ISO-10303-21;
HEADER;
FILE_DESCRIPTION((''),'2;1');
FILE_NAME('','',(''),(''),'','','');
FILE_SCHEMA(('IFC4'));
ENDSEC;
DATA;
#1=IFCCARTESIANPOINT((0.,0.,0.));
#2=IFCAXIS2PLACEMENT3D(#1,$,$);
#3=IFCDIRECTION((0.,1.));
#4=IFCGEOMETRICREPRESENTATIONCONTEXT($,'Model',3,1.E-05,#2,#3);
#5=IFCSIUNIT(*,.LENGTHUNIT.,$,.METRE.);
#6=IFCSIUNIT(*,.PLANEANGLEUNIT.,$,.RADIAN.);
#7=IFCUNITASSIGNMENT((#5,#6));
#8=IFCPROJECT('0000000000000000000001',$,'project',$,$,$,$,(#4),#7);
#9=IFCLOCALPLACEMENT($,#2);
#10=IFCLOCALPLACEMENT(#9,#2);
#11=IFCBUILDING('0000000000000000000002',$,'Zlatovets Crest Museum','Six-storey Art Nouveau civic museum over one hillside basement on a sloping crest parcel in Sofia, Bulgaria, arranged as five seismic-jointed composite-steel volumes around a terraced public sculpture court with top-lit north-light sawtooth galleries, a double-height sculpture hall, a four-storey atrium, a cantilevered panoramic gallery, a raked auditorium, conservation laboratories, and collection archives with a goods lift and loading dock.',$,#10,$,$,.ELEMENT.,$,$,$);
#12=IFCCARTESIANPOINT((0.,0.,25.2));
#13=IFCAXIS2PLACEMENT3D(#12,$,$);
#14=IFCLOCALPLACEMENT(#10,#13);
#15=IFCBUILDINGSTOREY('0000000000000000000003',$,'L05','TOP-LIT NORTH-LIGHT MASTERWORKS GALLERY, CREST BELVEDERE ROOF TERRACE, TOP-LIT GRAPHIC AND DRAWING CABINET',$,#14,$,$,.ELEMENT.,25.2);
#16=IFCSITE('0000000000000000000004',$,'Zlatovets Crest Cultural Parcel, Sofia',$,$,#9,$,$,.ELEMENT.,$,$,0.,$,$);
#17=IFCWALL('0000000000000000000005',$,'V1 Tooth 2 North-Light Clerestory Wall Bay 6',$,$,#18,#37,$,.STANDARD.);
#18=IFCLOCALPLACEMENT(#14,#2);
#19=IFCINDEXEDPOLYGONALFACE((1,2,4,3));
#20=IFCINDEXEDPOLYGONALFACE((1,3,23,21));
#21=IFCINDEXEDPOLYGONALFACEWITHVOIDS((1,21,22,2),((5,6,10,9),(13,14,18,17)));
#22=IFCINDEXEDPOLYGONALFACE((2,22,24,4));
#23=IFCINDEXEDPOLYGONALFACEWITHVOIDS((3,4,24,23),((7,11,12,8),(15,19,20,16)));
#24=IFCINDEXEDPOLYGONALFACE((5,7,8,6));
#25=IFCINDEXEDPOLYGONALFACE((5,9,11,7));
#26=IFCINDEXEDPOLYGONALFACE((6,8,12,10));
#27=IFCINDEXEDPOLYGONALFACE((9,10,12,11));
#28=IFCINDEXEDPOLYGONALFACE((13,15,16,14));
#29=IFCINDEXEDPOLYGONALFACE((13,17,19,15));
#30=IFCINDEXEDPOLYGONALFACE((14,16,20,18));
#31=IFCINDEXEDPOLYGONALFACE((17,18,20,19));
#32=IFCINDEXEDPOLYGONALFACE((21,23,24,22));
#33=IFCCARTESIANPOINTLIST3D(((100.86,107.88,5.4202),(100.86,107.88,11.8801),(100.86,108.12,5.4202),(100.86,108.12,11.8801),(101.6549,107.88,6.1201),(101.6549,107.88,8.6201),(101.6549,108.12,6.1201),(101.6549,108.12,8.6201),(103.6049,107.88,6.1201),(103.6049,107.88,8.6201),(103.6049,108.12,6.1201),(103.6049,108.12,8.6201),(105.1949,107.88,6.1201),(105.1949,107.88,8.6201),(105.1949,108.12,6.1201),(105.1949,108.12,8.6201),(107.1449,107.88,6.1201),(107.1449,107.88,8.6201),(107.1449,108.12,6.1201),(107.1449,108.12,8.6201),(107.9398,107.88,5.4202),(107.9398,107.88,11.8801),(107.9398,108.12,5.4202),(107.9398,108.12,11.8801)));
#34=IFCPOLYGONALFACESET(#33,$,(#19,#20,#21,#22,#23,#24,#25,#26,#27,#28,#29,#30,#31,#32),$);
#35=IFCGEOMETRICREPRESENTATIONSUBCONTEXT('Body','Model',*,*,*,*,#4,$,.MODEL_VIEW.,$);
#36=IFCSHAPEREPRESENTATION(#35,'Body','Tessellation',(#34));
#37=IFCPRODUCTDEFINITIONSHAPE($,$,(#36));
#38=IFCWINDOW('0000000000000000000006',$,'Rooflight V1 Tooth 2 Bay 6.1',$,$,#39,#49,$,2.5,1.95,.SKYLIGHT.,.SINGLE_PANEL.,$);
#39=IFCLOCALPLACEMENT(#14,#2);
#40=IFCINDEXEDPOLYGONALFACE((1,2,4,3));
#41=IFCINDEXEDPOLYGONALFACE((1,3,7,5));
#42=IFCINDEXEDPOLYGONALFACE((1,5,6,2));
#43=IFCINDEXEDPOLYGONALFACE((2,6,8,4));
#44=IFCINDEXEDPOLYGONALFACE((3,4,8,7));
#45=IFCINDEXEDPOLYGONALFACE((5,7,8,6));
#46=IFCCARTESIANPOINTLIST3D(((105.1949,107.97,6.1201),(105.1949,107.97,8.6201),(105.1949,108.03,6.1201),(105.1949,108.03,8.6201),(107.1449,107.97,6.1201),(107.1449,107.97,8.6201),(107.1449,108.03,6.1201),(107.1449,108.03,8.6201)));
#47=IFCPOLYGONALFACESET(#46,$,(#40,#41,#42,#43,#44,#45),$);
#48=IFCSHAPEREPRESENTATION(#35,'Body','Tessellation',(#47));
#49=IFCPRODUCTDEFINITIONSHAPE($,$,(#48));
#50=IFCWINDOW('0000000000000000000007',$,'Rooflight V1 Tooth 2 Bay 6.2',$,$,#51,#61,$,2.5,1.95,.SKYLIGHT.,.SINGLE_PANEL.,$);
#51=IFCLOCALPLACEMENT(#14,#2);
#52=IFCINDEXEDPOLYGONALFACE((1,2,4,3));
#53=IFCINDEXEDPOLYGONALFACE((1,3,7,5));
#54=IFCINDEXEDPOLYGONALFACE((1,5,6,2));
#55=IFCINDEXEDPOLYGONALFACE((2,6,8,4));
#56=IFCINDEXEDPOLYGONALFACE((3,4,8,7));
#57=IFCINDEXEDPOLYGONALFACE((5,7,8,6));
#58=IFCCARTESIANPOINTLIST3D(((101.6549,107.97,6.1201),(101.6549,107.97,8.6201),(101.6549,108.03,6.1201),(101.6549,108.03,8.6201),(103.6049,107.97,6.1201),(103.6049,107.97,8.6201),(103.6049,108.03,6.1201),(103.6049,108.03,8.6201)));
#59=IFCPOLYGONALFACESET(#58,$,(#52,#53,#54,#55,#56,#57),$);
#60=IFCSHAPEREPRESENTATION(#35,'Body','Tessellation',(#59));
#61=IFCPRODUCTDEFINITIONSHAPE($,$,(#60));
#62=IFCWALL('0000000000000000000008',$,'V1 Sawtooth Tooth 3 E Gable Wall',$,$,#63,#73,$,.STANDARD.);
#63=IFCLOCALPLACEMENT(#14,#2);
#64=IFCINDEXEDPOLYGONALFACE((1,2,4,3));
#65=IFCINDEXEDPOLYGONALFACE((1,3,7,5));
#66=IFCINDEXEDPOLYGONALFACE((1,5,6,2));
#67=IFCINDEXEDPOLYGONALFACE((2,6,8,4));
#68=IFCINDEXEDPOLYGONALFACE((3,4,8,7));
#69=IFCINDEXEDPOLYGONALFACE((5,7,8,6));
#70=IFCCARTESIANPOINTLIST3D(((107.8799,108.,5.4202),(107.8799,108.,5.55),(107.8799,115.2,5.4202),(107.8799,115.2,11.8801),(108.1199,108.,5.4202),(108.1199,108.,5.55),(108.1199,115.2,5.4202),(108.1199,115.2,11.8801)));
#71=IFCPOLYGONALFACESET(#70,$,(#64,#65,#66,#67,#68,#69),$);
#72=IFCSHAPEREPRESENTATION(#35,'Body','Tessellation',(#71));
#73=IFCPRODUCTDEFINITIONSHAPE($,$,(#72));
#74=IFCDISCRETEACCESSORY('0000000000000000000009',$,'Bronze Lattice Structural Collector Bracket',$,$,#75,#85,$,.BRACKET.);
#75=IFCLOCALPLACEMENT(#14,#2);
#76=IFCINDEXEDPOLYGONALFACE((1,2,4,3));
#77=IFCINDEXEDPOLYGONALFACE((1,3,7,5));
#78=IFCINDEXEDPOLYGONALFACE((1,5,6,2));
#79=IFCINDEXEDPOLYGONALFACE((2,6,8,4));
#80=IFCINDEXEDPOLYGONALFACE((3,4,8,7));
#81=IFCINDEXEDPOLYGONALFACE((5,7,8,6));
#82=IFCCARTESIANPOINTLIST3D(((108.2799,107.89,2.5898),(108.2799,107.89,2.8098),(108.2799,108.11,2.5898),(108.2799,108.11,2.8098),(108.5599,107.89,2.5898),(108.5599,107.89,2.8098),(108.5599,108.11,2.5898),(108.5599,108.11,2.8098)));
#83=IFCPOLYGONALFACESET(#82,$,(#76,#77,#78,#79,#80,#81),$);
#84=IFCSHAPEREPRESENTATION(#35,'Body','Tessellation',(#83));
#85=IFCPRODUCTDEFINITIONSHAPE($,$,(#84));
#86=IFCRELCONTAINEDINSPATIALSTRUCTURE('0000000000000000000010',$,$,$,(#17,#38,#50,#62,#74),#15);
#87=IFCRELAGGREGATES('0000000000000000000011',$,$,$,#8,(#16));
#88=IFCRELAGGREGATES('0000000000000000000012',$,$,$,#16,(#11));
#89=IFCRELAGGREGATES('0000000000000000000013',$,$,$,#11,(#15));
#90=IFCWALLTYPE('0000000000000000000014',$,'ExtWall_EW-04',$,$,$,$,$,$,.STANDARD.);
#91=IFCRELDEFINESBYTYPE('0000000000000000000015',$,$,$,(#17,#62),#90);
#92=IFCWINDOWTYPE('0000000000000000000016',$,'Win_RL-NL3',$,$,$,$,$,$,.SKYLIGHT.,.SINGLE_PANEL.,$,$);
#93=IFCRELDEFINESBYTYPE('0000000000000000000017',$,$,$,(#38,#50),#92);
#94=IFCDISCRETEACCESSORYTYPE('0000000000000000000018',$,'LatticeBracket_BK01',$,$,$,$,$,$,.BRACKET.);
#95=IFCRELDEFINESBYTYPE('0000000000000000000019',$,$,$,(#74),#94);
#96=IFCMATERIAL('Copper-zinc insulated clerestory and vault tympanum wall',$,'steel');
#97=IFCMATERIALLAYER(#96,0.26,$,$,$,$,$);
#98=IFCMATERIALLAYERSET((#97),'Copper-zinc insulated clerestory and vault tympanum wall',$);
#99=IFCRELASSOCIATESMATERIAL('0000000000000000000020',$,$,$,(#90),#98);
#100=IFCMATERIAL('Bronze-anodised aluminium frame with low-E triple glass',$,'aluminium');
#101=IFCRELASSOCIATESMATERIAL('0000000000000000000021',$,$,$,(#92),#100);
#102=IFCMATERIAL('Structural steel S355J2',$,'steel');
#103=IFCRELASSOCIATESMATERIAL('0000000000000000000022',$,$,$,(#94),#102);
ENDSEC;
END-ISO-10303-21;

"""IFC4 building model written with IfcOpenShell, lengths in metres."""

from ifc_helpers import new_model, si_unit, direction, frame, frame_2d, origin, origin_2d, place, context, subcontext, project, spatial, polyline, rectangle, outline, extrude, material, layer, layer_set, type_object, element, fill, save


model = new_model("IFC4")

# Units and contexts
model_context = context("Model", 3, precision=1e-05, world=origin(), true_north=direction((0.0, 1.0)))
body_context = subcontext(model_context, "Body", "Model", "MODEL_VIEW")
ifc_project = project(units=[si_unit("LENGTHUNIT", "METRE"), si_unit("PLANEANGLEUNIT", "RADIAN")], contexts=[model_context])

# Site, building, storey
site_placement = place(None, origin())
site = spatial("IfcSite", under=ifc_project, at=site_placement, Name="Zlatovets Crest Cultural Parcel, Sofia", CompositionType="ELEMENT", RefElevation=0.0)
building_placement = place(site_placement, origin())
building = spatial("IfcBuilding", under=site, at=building_placement, Name="Zlatovets Crest Museum", Description="Six-storey Art Nouveau civic museum over one hillside basement on a sloping crest parcel in Sofia, Bulgaria, arranged as five seismic-jointed composite-steel volumes around a terraced public sculpture court with top-lit north-light sawtooth galleries, a double-height sculpture hall, a four-storey atrium, a cantilevered panoramic gallery, a raked auditorium, conservation laboratories, and collection archives with a goods lift and loading dock.", CompositionType="ELEMENT")
storey_placement = place(building_placement, frame((0.0, 0.0, 25.2)))
storey = spatial("IfcBuildingStorey", under=building, at=storey_placement, Name="L05", Description="TOP-LIT NORTH-LIGHT MASTERWORKS GALLERY, CREST BELVEDERE ROOF TERRACE, TOP-LIT GRAPHIC AND DRAWING CABINET", CompositionType="ELEMENT", Elevation=25.2)

# Shared definitions
ifc_material_1 = material(Name="Structural steel S355J2", Category="steel")

# Wall, openings, windows
ifc_material_2 = material(Name="Copper-zinc insulated clerestory and vault tympanum wall", Category="steel")
ifc_layer_1 = layer(ifc_material_2, 0.26)
ifc_layer_set_1 = layer_set([ifc_layer_1], Name="Copper-zinc insulated clerestory and vault tympanum wall")
wall_type_1 = type_object("IfcWallType", Name="ExtWall_EW-04", PredefinedType="STANDARD", material=ifc_layer_set_1)
wall_1_placement = place(storey_placement, frame((107.9399, 108.0, 5.4202), z_axis=(0.0, 0.0, 1.0), x_axis=(-1.0, 0.0, 0.0)))
wall_1 = element("IfcWall", 1, at=wall_1_placement, inside=storey, type_object=wall_type_1, Name="V1 Tooth 2 North-Light Clerestory Wall Bay 6", PredefinedType="STANDARD", context=body_context, shape_type="SweptSolid", body=[
    extrude(rectangle(XDim=7.0798, YDim=0.24, at=frame_2d((3.54, 0.0))), origin(), (0.0, 0.0, 1.0), 6.46),
])
opening_1_placement = place(wall_1_placement, frame((0.7949, 0.0, 0.7)))
opening_1 = element("IfcOpeningElement", 2, at=opening_1_placement, cuts=wall_1, PredefinedType="OPENING", context=body_context, shape_type="SweptSolid", body=[
    extrude(rectangle(XDim=1.95, YDim=2.5, at=frame_2d((0.9751, 1.25))), frame((0.0, 0.1299, 0.0), z_axis=(0.0, -1.0, 0.0), x_axis=(1.0, 0.0, 0.0)), (0.0, 0.0, 1.0), 0.26),
])
opening_2_placement = place(wall_1_placement, frame((4.335, 0.0, 0.7)))
opening_2 = element("IfcOpeningElement", 3, at=opening_2_placement, cuts=wall_1, PredefinedType="OPENING", context=body_context, shape_type="SweptSolid", body=[
    extrude(rectangle(XDim=1.95, YDim=2.5, at=frame_2d((0.9751, 1.25))), frame((0.0, 0.1299, 0.0), z_axis=(0.0, -1.0, 0.0), x_axis=(1.0, 0.0, 0.0)), (0.0, 0.0, 1.0), 0.26),
])
ifc_material_3 = material(Name="Bronze-anodised aluminium frame with low-E triple glass", Category="aluminium")
window_type = type_object("IfcWindowType", Name="Win_RL-NL3", PartitioningType="SINGLE_PANEL", PredefinedType="SKYLIGHT", material=ifc_material_3)
window_1_placement = place(opening_1_placement, origin())
window_1 = element("IfcWindow", 4, at=window_1_placement, inside=storey, type_object=window_type, Name="Rooflight V1 Tooth 2 Bay 6.1", OverallHeight=2.5, OverallWidth=1.95, PartitioningType="SINGLE_PANEL", PredefinedType="SKYLIGHT", context=body_context, shape_type="SweptSolid", body=[
    extrude(rectangle(XDim=1.95, YDim=2.5, at=frame_2d((0.9751, 1.25))), frame((0.0, 0.03, 0.0), z_axis=(0.0, -1.0, 0.0), x_axis=(1.0, 0.0, 0.0)), (0.0, 0.0, 1.0), 0.0601),
])
fill(opening_1, window_1)
window_2_placement = place(opening_2_placement, origin())
window_2 = element("IfcWindow", 5, at=window_2_placement, inside=storey, type_object=window_type, Name="Rooflight V1 Tooth 2 Bay 6.2", OverallHeight=2.5, OverallWidth=1.95, PartitioningType="SINGLE_PANEL", PredefinedType="SKYLIGHT", context=body_context, shape_type="SweptSolid", body=[
    extrude(rectangle(XDim=1.95, YDim=2.5, at=frame_2d((0.9751, 1.25))), frame((0.0, 0.03, 0.0), z_axis=(0.0, -1.0, 0.0), x_axis=(1.0, 0.0, 0.0)), (0.0, 0.0, 1.0), 0.0601),
])
fill(opening_2, window_2)

# Wall
wall_2_placement = place(storey_placement, frame((108.0, 108.0, 5.4202), z_axis=(0.0, 0.0, 1.0), x_axis=(0.0, 1.0, 0.0)))
element("IfcWall", 6, at=wall_2_placement, inside=storey, type_object=wall_type_1, Name="V1 Sawtooth Tooth 3 E Gable Wall", PredefinedType="STANDARD", context=body_context, shape_type="SweptSolid", body=[
    extrude(outline(polyline([(0.0, 0.0), (7.2, 0.0), (7.2, 6.46), (0.0, 0.1299), (0.0, 0.0)])), frame((0.0, 0.1201, 0.0), z_axis=(0.0, -1.0, 0.0), x_axis=(1.0, 0.0, 0.0)), (0.0, 0.0, 1.0), 0.24),
])

# Discrete accessory
discrete_accessory_type = type_object("IfcDiscreteAccessoryType", Name="LatticeBracket_BK01", PredefinedType="BRACKET", material=ifc_material_1)
discrete_accessory_placement = place(storey_placement, frame((108.4199, 108.0, 2.5898), z_axis=(0.0, 0.0, 1.0), x_axis=(1.0, 0.0, 0.0)))
element("IfcDiscreteAccessory", 7, at=discrete_accessory_placement, inside=storey, type_object=discrete_accessory_type, Name="Bronze Lattice Structural Collector Bracket", PredefinedType="BRACKET", context=body_context, shape_type="SweptSolid", body=[
    extrude(rectangle(XDim=0.28, YDim=0.22, at=origin_2d()), origin(), (0.0, 0.0, 1.0), 0.22),
])

save(model, "model.ifc")
